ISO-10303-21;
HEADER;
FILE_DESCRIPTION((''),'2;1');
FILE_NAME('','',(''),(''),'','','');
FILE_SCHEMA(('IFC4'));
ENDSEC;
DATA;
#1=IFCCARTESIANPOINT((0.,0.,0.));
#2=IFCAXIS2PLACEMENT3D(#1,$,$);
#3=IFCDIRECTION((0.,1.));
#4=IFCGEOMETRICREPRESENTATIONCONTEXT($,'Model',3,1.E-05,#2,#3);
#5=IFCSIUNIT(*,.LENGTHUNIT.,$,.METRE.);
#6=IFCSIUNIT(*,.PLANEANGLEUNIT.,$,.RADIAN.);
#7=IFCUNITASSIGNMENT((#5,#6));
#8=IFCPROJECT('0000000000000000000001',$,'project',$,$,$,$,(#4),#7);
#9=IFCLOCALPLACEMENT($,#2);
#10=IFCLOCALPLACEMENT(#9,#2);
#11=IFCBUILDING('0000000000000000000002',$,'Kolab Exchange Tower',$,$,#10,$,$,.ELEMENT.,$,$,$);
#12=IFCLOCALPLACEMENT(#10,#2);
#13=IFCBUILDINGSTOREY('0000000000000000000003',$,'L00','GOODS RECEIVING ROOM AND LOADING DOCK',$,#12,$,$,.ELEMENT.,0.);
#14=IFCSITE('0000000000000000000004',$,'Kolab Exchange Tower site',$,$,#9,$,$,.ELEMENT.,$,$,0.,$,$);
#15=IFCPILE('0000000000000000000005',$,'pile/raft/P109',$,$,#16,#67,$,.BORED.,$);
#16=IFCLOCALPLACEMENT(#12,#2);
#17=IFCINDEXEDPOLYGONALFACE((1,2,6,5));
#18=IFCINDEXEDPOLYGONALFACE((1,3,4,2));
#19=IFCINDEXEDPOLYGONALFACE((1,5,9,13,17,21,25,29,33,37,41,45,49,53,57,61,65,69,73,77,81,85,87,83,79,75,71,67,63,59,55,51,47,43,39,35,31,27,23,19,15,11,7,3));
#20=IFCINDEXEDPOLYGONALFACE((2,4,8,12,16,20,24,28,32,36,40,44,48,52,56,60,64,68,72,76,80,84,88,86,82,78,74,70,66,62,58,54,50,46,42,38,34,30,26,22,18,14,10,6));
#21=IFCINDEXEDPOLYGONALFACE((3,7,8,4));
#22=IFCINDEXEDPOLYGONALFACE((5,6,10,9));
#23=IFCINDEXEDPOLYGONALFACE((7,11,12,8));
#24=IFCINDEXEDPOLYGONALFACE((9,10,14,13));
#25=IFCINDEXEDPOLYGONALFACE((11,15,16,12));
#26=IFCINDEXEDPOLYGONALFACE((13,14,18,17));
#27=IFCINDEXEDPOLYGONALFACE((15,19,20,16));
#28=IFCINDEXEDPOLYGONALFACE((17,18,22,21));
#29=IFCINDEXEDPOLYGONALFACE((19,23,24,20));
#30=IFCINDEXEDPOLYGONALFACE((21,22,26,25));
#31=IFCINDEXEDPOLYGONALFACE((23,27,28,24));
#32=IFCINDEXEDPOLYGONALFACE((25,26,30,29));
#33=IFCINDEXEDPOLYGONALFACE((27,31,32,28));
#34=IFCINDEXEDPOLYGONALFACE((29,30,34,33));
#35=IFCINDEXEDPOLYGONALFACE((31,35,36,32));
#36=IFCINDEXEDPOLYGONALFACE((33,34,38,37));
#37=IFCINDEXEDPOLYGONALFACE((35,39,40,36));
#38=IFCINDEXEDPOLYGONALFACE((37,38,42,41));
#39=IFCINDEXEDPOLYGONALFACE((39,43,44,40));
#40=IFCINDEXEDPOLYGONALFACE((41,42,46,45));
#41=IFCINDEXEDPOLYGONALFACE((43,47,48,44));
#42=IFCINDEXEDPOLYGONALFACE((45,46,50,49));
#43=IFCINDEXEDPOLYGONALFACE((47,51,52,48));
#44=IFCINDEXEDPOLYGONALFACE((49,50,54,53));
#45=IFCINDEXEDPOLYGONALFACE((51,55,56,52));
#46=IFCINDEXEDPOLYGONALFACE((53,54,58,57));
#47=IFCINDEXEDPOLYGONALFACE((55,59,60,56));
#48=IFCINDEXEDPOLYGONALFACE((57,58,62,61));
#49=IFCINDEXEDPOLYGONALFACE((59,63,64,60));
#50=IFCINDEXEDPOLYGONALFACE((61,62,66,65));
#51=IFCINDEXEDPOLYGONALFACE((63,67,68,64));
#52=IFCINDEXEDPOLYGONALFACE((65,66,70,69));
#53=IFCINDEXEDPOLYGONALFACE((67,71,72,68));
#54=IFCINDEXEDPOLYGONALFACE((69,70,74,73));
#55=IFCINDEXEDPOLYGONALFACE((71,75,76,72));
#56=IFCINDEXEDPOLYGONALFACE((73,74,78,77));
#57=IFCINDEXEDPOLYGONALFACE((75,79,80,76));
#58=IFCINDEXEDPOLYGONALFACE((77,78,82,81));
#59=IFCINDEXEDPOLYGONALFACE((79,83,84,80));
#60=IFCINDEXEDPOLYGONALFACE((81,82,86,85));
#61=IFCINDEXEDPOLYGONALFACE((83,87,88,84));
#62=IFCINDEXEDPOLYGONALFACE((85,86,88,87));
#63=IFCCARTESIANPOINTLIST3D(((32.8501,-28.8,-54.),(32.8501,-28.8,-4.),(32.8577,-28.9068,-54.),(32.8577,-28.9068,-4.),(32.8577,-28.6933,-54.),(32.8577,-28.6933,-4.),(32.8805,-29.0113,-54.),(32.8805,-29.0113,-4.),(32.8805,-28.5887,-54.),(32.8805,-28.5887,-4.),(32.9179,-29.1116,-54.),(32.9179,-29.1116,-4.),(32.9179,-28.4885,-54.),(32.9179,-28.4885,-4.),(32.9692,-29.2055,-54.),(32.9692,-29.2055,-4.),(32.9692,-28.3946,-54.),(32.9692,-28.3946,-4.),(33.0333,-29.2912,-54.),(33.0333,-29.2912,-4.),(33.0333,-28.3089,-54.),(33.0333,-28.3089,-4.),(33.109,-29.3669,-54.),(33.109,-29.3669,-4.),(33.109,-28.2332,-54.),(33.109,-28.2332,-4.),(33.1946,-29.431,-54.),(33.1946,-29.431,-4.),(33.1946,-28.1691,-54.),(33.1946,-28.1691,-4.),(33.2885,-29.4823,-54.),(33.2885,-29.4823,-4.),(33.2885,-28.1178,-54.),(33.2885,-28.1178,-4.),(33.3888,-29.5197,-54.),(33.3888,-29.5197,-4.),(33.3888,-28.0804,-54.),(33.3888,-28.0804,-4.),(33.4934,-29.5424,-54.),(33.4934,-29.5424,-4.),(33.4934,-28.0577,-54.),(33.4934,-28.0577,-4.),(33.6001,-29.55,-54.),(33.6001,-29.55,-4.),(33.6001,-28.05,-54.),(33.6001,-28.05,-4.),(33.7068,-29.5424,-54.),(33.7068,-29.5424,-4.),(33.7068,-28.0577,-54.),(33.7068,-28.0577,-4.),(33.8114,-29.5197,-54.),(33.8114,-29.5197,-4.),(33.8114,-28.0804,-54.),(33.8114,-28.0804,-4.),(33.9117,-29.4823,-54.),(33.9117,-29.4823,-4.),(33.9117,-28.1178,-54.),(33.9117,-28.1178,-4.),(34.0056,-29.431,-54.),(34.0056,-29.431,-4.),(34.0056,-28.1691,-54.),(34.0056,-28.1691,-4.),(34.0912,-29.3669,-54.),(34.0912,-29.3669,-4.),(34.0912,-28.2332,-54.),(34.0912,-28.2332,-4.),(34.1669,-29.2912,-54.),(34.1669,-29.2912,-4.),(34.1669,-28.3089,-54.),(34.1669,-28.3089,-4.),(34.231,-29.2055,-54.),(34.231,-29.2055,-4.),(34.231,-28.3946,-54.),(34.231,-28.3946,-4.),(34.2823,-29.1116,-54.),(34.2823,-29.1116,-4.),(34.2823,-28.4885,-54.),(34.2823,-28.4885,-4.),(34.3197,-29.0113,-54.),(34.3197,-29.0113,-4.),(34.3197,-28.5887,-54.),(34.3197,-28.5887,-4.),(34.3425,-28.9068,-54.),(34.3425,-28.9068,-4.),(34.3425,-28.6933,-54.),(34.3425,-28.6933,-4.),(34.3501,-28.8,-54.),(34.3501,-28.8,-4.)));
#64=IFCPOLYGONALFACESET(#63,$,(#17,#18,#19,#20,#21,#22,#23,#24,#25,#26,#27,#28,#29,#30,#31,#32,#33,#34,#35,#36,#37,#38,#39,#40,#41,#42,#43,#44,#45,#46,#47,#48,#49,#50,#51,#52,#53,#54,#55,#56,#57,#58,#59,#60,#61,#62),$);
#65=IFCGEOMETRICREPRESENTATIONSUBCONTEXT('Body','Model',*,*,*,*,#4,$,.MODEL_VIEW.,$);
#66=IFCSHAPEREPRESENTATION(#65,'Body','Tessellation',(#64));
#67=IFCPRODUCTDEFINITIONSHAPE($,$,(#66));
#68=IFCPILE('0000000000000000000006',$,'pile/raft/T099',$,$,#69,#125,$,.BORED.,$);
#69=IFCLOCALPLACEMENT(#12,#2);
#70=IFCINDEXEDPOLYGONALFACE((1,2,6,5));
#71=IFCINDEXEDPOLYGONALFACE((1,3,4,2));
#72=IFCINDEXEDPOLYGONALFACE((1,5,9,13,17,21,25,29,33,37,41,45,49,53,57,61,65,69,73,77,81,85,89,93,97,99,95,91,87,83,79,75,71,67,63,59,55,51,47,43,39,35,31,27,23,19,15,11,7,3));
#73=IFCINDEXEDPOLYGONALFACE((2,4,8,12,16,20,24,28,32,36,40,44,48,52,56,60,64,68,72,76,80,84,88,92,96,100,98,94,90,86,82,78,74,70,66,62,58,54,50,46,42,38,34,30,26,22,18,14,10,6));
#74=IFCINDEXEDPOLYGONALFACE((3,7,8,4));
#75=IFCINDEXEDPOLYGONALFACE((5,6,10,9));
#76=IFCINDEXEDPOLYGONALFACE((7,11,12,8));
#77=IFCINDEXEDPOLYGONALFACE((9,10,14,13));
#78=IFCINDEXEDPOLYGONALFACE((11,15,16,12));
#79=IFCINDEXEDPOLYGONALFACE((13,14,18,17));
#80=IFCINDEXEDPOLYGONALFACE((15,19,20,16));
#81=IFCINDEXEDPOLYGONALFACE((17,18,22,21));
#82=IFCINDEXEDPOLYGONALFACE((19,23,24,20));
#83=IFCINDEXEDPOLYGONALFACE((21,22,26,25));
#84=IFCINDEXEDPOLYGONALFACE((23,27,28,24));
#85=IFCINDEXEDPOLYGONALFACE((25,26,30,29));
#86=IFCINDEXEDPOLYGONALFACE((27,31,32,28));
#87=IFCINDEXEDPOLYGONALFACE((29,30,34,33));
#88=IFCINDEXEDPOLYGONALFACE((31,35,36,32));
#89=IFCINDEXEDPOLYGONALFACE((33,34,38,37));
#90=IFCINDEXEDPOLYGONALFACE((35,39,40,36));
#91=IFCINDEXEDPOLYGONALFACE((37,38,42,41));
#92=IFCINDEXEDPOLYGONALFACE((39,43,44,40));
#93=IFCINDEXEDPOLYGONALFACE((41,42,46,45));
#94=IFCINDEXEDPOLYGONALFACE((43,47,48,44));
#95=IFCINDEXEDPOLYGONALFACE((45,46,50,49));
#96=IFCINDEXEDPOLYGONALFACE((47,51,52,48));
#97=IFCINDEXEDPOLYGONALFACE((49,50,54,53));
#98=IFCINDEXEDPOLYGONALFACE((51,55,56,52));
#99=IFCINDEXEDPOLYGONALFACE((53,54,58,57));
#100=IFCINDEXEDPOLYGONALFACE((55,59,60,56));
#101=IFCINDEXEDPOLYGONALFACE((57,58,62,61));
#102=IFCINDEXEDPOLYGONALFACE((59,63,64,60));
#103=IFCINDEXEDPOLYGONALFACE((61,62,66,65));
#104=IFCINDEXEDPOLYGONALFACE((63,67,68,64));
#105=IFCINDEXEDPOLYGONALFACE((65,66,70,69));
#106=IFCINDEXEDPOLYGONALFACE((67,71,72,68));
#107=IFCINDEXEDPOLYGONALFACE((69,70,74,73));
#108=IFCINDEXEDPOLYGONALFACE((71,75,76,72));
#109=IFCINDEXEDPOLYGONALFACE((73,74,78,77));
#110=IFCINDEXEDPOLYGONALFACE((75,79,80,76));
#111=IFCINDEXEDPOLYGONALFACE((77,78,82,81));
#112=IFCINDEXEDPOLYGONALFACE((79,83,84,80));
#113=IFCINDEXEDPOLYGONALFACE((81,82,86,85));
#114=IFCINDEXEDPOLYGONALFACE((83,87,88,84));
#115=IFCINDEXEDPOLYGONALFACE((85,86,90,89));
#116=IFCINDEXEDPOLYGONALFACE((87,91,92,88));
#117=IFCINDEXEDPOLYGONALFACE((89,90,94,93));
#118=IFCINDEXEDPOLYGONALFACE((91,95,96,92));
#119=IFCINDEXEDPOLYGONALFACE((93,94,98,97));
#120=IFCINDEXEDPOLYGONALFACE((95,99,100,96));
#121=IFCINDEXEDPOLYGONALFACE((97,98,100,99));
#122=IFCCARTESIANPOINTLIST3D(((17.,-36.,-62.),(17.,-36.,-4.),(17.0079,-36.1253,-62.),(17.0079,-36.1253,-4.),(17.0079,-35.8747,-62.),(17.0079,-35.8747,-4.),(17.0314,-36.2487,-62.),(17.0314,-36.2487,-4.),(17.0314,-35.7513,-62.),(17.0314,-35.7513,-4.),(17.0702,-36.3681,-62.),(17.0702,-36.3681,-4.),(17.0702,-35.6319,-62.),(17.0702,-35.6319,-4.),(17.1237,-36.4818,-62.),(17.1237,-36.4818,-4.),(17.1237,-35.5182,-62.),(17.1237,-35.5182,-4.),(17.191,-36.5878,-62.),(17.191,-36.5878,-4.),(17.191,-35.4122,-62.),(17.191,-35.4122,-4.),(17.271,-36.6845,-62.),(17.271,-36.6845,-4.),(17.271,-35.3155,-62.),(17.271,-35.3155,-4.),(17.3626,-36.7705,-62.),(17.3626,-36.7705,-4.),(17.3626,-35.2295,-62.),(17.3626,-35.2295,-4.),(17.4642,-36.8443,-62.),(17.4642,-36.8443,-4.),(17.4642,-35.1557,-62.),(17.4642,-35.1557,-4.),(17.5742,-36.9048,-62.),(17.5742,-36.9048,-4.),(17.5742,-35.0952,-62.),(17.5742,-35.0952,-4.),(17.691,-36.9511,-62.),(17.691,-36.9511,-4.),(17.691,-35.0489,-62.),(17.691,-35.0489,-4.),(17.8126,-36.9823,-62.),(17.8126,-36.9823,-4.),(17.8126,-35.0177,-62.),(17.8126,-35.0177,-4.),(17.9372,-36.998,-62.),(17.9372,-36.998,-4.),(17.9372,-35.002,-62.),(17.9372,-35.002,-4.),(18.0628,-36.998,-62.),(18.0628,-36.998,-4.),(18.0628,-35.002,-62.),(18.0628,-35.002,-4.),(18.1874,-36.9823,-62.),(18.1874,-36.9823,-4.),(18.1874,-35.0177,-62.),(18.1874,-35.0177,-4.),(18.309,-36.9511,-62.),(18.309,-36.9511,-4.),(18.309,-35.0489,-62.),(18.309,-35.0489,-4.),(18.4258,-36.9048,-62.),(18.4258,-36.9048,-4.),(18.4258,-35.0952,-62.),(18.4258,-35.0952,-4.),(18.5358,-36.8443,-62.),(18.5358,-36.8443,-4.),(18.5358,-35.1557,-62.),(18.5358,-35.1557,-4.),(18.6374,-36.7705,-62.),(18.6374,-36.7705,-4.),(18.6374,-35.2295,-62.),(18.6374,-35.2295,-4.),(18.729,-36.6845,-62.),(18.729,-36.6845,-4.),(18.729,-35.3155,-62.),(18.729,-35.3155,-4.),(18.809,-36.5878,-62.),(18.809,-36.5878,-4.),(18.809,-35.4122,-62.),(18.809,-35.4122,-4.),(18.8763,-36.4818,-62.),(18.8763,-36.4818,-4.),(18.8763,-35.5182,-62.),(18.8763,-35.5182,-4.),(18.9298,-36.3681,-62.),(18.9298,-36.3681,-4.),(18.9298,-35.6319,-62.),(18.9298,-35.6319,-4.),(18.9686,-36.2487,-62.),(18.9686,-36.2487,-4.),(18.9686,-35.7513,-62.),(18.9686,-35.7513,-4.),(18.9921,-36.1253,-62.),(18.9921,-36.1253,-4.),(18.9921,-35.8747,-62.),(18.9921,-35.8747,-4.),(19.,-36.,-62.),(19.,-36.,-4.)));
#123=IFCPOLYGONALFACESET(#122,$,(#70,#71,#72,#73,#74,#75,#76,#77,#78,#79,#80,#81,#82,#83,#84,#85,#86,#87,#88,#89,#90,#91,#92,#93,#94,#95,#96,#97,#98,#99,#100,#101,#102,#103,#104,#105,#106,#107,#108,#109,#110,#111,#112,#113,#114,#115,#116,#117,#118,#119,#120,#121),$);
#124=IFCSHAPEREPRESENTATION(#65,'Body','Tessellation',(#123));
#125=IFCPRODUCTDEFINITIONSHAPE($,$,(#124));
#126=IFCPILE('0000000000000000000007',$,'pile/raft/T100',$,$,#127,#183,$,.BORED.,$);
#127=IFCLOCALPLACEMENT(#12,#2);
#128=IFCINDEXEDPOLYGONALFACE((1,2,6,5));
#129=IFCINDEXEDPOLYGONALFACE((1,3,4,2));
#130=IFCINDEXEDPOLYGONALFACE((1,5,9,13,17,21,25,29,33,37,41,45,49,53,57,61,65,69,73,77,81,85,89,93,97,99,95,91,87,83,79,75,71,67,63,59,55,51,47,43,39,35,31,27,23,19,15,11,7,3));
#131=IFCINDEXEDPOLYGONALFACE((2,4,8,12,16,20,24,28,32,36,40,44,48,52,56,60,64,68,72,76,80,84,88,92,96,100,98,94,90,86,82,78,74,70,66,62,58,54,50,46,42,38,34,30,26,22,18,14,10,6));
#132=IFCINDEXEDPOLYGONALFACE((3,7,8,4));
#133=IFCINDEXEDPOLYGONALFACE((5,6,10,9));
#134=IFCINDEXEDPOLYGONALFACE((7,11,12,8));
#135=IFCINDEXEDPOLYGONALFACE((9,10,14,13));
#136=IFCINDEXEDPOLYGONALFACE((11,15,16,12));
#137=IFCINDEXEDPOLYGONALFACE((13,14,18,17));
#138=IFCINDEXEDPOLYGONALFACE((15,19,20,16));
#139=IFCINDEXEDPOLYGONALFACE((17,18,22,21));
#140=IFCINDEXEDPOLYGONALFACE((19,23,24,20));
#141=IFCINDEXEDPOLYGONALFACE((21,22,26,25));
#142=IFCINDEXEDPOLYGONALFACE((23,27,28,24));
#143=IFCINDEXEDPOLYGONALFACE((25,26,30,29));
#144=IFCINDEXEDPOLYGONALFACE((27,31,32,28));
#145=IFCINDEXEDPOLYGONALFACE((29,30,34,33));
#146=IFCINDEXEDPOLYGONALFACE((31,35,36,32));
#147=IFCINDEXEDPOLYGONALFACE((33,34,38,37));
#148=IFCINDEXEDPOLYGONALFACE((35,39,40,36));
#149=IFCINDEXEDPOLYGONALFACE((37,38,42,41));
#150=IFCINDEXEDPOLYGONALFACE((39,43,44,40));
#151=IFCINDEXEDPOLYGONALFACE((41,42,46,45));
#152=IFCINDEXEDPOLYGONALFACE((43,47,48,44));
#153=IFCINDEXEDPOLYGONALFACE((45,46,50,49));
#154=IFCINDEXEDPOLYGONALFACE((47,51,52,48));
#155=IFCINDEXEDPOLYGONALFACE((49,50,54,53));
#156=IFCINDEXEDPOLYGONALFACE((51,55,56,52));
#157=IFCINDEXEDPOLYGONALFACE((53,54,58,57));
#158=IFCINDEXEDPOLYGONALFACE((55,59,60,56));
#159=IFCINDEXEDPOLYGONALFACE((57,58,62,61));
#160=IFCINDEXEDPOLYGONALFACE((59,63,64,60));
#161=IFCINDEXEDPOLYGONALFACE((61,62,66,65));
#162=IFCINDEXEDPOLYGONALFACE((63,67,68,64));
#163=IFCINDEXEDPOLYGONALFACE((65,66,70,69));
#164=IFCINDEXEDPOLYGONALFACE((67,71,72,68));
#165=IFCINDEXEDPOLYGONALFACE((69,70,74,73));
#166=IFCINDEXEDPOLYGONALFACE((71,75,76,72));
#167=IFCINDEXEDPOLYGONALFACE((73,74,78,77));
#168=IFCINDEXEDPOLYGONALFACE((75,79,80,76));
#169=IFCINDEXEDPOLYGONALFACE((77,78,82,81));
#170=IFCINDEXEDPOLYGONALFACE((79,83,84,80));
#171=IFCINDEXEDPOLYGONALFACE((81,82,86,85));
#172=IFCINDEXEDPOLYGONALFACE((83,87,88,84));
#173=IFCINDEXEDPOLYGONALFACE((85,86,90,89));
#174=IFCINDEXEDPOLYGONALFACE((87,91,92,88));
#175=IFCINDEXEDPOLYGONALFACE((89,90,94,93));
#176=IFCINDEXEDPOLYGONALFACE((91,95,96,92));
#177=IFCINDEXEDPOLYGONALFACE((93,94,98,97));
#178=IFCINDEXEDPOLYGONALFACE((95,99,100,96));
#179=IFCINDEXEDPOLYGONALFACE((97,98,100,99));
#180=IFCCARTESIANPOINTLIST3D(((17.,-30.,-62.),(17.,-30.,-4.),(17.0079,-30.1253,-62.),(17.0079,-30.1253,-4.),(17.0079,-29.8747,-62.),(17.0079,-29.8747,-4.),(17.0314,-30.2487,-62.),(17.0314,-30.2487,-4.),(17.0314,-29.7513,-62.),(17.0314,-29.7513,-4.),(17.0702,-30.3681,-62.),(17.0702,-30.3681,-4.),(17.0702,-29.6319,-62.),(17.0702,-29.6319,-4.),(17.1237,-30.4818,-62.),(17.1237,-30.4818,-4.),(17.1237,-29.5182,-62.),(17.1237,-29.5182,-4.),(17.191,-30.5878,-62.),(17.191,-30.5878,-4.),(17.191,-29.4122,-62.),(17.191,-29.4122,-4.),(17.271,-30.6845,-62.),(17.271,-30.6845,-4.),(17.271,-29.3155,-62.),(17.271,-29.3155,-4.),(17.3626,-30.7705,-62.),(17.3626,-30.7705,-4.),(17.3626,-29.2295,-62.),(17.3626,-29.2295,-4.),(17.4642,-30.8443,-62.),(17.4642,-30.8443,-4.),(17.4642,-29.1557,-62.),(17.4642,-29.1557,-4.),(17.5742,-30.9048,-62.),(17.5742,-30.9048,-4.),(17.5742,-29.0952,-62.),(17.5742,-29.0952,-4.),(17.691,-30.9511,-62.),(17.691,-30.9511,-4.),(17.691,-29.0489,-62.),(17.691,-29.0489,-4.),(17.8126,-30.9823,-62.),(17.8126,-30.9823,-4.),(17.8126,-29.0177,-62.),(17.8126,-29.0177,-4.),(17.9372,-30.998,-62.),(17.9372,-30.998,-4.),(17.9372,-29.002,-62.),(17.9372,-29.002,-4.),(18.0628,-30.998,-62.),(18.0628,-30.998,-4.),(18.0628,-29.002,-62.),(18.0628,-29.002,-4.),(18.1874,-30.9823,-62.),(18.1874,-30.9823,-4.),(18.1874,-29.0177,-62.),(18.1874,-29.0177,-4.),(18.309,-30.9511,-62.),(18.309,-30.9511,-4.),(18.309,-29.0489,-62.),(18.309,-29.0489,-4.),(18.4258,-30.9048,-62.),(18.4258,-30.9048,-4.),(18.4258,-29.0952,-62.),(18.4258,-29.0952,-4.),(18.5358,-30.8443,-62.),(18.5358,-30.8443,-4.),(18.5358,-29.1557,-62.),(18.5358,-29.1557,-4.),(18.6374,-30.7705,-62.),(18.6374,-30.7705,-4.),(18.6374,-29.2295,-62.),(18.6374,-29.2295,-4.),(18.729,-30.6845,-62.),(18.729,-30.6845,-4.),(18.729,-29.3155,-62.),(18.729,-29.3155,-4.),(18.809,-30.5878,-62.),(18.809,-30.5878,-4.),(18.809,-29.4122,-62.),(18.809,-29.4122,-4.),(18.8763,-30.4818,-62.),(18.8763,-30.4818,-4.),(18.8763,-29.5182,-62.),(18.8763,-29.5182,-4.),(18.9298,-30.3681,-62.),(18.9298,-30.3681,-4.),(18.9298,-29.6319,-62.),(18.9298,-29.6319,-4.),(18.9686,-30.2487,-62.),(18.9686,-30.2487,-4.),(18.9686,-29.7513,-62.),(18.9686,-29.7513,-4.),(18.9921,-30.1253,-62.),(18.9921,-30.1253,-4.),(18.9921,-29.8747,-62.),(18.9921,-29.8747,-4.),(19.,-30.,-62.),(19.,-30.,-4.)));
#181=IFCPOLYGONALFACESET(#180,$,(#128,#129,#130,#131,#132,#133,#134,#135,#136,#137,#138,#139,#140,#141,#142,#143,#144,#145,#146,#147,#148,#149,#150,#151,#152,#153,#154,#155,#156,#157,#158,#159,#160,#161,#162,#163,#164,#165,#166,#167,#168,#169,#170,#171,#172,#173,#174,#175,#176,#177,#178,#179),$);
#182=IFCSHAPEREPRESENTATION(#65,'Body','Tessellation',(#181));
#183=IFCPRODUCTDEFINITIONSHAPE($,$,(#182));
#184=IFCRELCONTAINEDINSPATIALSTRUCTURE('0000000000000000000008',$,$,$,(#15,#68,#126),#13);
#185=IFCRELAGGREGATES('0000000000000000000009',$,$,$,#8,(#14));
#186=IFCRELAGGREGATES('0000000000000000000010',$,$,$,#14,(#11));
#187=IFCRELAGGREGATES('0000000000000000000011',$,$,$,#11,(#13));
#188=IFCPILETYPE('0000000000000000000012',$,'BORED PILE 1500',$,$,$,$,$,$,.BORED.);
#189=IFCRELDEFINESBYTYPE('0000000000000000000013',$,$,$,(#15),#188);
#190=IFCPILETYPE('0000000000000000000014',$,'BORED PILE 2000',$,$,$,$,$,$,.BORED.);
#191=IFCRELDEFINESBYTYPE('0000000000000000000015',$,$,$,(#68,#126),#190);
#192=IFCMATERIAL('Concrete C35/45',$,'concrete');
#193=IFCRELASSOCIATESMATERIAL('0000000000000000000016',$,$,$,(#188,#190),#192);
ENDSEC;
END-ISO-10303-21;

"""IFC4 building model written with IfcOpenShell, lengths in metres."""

from ifc_helpers import new_model, si_unit, direction, frame, origin, origin_2d, place, context, subcontext, project, spatial, circle, extrude, material, material_profile, profile_set, type_object, element, save


model = new_model("IFC4")

# Units and contexts
model_context = context("Model", 3, precision=1e-05, world=origin(), true_north=direction((0.0, 1.0)))
body_context = subcontext(model_context, "Body", "Model", "MODEL_VIEW")
ifc_project = project(units=[si_unit("LENGTHUNIT", "METRE"), si_unit("PLANEANGLEUNIT", "RADIAN")], contexts=[model_context])

# Site, building, storey
site_placement = place(None, origin())
site = spatial("IfcSite", under=ifc_project, at=site_placement, Name="Kolab Exchange Tower site", CompositionType="ELEMENT", RefElevation=0.0)
building_placement = place(site_placement, origin())
building = spatial("IfcBuilding", under=site, at=building_placement, Name="Kolab Exchange Tower", CompositionType="ELEMENT")
storey_placement = place(building_placement, origin())
storey = spatial("IfcBuildingStorey", under=building, at=storey_placement, Name="L00", Description="GOODS RECEIVING ROOM AND LOADING DOCK", CompositionType="ELEMENT", Elevation=0.0)

# Piles
ifc_material_1 = material(Name="Concrete C35/45", Category="concrete")
ifc_material_profile_1 = material_profile(ifc_material_1, circle(Radius=0.75, at=origin_2d()), Name="BP1500")
ifc_profile_set_1 = profile_set([ifc_material_profile_1], Name="Concrete C35/45")
pile_type_1 = type_object("IfcPileType", Name="BORED PILE 1500", PredefinedType="BORED", material=ifc_profile_set_1)
for number, where, z_axis, x_axis, name in (
    (1, (33.6001, -28.8, -4.0), (0.0, 0.0, -1.0), (1.0, 0.0, 0.0), "pile/raft/P109"),
):
    element("IfcPile", number, at=place(storey_placement, frame(where, z_axis=z_axis, x_axis=x_axis)), inside=storey, type_object=pile_type_1, Name=name, PredefinedType="BORED", context=body_context, shape_type="SweptSolid", body=[
        extrude(circle(Radius=0.75, at=origin_2d()), origin(), (0.0, 0.0, 1.0), 50.0),
    ])
ifc_material_profile_2 = material_profile(ifc_material_1, circle(Radius=1.0, at=origin_2d()), Name="BP2000")
ifc_profile_set_2 = profile_set([ifc_material_profile_2], Name="Concrete C35/45")
pile_type_2 = type_object("IfcPileType", Name="BORED PILE 2000", PredefinedType="BORED", material=ifc_profile_set_2)
for number, where, z_axis, x_axis, name in (
    (2, (18.0, -36.0, -4.0), (0.0, 0.0, -1.0), (1.0, 0.0, 0.0), "pile/raft/T099"),
    (3, (18.0, -30.0, -4.0), (0.0, 0.0, -1.0), (1.0, 0.0, 0.0), "pile/raft/T100"),
):
    element("IfcPile", number, at=place(storey_placement, frame(where, z_axis=z_axis, x_axis=x_axis)), inside=storey, type_object=pile_type_2, Name=name, PredefinedType="BORED", context=body_context, shape_type="SweptSolid", body=[
        extrude(circle(Radius=1.0, at=origin_2d()), origin(), (0.0, 0.0, 1.0), 58.0),
    ])

save(model, "model.ifc")
